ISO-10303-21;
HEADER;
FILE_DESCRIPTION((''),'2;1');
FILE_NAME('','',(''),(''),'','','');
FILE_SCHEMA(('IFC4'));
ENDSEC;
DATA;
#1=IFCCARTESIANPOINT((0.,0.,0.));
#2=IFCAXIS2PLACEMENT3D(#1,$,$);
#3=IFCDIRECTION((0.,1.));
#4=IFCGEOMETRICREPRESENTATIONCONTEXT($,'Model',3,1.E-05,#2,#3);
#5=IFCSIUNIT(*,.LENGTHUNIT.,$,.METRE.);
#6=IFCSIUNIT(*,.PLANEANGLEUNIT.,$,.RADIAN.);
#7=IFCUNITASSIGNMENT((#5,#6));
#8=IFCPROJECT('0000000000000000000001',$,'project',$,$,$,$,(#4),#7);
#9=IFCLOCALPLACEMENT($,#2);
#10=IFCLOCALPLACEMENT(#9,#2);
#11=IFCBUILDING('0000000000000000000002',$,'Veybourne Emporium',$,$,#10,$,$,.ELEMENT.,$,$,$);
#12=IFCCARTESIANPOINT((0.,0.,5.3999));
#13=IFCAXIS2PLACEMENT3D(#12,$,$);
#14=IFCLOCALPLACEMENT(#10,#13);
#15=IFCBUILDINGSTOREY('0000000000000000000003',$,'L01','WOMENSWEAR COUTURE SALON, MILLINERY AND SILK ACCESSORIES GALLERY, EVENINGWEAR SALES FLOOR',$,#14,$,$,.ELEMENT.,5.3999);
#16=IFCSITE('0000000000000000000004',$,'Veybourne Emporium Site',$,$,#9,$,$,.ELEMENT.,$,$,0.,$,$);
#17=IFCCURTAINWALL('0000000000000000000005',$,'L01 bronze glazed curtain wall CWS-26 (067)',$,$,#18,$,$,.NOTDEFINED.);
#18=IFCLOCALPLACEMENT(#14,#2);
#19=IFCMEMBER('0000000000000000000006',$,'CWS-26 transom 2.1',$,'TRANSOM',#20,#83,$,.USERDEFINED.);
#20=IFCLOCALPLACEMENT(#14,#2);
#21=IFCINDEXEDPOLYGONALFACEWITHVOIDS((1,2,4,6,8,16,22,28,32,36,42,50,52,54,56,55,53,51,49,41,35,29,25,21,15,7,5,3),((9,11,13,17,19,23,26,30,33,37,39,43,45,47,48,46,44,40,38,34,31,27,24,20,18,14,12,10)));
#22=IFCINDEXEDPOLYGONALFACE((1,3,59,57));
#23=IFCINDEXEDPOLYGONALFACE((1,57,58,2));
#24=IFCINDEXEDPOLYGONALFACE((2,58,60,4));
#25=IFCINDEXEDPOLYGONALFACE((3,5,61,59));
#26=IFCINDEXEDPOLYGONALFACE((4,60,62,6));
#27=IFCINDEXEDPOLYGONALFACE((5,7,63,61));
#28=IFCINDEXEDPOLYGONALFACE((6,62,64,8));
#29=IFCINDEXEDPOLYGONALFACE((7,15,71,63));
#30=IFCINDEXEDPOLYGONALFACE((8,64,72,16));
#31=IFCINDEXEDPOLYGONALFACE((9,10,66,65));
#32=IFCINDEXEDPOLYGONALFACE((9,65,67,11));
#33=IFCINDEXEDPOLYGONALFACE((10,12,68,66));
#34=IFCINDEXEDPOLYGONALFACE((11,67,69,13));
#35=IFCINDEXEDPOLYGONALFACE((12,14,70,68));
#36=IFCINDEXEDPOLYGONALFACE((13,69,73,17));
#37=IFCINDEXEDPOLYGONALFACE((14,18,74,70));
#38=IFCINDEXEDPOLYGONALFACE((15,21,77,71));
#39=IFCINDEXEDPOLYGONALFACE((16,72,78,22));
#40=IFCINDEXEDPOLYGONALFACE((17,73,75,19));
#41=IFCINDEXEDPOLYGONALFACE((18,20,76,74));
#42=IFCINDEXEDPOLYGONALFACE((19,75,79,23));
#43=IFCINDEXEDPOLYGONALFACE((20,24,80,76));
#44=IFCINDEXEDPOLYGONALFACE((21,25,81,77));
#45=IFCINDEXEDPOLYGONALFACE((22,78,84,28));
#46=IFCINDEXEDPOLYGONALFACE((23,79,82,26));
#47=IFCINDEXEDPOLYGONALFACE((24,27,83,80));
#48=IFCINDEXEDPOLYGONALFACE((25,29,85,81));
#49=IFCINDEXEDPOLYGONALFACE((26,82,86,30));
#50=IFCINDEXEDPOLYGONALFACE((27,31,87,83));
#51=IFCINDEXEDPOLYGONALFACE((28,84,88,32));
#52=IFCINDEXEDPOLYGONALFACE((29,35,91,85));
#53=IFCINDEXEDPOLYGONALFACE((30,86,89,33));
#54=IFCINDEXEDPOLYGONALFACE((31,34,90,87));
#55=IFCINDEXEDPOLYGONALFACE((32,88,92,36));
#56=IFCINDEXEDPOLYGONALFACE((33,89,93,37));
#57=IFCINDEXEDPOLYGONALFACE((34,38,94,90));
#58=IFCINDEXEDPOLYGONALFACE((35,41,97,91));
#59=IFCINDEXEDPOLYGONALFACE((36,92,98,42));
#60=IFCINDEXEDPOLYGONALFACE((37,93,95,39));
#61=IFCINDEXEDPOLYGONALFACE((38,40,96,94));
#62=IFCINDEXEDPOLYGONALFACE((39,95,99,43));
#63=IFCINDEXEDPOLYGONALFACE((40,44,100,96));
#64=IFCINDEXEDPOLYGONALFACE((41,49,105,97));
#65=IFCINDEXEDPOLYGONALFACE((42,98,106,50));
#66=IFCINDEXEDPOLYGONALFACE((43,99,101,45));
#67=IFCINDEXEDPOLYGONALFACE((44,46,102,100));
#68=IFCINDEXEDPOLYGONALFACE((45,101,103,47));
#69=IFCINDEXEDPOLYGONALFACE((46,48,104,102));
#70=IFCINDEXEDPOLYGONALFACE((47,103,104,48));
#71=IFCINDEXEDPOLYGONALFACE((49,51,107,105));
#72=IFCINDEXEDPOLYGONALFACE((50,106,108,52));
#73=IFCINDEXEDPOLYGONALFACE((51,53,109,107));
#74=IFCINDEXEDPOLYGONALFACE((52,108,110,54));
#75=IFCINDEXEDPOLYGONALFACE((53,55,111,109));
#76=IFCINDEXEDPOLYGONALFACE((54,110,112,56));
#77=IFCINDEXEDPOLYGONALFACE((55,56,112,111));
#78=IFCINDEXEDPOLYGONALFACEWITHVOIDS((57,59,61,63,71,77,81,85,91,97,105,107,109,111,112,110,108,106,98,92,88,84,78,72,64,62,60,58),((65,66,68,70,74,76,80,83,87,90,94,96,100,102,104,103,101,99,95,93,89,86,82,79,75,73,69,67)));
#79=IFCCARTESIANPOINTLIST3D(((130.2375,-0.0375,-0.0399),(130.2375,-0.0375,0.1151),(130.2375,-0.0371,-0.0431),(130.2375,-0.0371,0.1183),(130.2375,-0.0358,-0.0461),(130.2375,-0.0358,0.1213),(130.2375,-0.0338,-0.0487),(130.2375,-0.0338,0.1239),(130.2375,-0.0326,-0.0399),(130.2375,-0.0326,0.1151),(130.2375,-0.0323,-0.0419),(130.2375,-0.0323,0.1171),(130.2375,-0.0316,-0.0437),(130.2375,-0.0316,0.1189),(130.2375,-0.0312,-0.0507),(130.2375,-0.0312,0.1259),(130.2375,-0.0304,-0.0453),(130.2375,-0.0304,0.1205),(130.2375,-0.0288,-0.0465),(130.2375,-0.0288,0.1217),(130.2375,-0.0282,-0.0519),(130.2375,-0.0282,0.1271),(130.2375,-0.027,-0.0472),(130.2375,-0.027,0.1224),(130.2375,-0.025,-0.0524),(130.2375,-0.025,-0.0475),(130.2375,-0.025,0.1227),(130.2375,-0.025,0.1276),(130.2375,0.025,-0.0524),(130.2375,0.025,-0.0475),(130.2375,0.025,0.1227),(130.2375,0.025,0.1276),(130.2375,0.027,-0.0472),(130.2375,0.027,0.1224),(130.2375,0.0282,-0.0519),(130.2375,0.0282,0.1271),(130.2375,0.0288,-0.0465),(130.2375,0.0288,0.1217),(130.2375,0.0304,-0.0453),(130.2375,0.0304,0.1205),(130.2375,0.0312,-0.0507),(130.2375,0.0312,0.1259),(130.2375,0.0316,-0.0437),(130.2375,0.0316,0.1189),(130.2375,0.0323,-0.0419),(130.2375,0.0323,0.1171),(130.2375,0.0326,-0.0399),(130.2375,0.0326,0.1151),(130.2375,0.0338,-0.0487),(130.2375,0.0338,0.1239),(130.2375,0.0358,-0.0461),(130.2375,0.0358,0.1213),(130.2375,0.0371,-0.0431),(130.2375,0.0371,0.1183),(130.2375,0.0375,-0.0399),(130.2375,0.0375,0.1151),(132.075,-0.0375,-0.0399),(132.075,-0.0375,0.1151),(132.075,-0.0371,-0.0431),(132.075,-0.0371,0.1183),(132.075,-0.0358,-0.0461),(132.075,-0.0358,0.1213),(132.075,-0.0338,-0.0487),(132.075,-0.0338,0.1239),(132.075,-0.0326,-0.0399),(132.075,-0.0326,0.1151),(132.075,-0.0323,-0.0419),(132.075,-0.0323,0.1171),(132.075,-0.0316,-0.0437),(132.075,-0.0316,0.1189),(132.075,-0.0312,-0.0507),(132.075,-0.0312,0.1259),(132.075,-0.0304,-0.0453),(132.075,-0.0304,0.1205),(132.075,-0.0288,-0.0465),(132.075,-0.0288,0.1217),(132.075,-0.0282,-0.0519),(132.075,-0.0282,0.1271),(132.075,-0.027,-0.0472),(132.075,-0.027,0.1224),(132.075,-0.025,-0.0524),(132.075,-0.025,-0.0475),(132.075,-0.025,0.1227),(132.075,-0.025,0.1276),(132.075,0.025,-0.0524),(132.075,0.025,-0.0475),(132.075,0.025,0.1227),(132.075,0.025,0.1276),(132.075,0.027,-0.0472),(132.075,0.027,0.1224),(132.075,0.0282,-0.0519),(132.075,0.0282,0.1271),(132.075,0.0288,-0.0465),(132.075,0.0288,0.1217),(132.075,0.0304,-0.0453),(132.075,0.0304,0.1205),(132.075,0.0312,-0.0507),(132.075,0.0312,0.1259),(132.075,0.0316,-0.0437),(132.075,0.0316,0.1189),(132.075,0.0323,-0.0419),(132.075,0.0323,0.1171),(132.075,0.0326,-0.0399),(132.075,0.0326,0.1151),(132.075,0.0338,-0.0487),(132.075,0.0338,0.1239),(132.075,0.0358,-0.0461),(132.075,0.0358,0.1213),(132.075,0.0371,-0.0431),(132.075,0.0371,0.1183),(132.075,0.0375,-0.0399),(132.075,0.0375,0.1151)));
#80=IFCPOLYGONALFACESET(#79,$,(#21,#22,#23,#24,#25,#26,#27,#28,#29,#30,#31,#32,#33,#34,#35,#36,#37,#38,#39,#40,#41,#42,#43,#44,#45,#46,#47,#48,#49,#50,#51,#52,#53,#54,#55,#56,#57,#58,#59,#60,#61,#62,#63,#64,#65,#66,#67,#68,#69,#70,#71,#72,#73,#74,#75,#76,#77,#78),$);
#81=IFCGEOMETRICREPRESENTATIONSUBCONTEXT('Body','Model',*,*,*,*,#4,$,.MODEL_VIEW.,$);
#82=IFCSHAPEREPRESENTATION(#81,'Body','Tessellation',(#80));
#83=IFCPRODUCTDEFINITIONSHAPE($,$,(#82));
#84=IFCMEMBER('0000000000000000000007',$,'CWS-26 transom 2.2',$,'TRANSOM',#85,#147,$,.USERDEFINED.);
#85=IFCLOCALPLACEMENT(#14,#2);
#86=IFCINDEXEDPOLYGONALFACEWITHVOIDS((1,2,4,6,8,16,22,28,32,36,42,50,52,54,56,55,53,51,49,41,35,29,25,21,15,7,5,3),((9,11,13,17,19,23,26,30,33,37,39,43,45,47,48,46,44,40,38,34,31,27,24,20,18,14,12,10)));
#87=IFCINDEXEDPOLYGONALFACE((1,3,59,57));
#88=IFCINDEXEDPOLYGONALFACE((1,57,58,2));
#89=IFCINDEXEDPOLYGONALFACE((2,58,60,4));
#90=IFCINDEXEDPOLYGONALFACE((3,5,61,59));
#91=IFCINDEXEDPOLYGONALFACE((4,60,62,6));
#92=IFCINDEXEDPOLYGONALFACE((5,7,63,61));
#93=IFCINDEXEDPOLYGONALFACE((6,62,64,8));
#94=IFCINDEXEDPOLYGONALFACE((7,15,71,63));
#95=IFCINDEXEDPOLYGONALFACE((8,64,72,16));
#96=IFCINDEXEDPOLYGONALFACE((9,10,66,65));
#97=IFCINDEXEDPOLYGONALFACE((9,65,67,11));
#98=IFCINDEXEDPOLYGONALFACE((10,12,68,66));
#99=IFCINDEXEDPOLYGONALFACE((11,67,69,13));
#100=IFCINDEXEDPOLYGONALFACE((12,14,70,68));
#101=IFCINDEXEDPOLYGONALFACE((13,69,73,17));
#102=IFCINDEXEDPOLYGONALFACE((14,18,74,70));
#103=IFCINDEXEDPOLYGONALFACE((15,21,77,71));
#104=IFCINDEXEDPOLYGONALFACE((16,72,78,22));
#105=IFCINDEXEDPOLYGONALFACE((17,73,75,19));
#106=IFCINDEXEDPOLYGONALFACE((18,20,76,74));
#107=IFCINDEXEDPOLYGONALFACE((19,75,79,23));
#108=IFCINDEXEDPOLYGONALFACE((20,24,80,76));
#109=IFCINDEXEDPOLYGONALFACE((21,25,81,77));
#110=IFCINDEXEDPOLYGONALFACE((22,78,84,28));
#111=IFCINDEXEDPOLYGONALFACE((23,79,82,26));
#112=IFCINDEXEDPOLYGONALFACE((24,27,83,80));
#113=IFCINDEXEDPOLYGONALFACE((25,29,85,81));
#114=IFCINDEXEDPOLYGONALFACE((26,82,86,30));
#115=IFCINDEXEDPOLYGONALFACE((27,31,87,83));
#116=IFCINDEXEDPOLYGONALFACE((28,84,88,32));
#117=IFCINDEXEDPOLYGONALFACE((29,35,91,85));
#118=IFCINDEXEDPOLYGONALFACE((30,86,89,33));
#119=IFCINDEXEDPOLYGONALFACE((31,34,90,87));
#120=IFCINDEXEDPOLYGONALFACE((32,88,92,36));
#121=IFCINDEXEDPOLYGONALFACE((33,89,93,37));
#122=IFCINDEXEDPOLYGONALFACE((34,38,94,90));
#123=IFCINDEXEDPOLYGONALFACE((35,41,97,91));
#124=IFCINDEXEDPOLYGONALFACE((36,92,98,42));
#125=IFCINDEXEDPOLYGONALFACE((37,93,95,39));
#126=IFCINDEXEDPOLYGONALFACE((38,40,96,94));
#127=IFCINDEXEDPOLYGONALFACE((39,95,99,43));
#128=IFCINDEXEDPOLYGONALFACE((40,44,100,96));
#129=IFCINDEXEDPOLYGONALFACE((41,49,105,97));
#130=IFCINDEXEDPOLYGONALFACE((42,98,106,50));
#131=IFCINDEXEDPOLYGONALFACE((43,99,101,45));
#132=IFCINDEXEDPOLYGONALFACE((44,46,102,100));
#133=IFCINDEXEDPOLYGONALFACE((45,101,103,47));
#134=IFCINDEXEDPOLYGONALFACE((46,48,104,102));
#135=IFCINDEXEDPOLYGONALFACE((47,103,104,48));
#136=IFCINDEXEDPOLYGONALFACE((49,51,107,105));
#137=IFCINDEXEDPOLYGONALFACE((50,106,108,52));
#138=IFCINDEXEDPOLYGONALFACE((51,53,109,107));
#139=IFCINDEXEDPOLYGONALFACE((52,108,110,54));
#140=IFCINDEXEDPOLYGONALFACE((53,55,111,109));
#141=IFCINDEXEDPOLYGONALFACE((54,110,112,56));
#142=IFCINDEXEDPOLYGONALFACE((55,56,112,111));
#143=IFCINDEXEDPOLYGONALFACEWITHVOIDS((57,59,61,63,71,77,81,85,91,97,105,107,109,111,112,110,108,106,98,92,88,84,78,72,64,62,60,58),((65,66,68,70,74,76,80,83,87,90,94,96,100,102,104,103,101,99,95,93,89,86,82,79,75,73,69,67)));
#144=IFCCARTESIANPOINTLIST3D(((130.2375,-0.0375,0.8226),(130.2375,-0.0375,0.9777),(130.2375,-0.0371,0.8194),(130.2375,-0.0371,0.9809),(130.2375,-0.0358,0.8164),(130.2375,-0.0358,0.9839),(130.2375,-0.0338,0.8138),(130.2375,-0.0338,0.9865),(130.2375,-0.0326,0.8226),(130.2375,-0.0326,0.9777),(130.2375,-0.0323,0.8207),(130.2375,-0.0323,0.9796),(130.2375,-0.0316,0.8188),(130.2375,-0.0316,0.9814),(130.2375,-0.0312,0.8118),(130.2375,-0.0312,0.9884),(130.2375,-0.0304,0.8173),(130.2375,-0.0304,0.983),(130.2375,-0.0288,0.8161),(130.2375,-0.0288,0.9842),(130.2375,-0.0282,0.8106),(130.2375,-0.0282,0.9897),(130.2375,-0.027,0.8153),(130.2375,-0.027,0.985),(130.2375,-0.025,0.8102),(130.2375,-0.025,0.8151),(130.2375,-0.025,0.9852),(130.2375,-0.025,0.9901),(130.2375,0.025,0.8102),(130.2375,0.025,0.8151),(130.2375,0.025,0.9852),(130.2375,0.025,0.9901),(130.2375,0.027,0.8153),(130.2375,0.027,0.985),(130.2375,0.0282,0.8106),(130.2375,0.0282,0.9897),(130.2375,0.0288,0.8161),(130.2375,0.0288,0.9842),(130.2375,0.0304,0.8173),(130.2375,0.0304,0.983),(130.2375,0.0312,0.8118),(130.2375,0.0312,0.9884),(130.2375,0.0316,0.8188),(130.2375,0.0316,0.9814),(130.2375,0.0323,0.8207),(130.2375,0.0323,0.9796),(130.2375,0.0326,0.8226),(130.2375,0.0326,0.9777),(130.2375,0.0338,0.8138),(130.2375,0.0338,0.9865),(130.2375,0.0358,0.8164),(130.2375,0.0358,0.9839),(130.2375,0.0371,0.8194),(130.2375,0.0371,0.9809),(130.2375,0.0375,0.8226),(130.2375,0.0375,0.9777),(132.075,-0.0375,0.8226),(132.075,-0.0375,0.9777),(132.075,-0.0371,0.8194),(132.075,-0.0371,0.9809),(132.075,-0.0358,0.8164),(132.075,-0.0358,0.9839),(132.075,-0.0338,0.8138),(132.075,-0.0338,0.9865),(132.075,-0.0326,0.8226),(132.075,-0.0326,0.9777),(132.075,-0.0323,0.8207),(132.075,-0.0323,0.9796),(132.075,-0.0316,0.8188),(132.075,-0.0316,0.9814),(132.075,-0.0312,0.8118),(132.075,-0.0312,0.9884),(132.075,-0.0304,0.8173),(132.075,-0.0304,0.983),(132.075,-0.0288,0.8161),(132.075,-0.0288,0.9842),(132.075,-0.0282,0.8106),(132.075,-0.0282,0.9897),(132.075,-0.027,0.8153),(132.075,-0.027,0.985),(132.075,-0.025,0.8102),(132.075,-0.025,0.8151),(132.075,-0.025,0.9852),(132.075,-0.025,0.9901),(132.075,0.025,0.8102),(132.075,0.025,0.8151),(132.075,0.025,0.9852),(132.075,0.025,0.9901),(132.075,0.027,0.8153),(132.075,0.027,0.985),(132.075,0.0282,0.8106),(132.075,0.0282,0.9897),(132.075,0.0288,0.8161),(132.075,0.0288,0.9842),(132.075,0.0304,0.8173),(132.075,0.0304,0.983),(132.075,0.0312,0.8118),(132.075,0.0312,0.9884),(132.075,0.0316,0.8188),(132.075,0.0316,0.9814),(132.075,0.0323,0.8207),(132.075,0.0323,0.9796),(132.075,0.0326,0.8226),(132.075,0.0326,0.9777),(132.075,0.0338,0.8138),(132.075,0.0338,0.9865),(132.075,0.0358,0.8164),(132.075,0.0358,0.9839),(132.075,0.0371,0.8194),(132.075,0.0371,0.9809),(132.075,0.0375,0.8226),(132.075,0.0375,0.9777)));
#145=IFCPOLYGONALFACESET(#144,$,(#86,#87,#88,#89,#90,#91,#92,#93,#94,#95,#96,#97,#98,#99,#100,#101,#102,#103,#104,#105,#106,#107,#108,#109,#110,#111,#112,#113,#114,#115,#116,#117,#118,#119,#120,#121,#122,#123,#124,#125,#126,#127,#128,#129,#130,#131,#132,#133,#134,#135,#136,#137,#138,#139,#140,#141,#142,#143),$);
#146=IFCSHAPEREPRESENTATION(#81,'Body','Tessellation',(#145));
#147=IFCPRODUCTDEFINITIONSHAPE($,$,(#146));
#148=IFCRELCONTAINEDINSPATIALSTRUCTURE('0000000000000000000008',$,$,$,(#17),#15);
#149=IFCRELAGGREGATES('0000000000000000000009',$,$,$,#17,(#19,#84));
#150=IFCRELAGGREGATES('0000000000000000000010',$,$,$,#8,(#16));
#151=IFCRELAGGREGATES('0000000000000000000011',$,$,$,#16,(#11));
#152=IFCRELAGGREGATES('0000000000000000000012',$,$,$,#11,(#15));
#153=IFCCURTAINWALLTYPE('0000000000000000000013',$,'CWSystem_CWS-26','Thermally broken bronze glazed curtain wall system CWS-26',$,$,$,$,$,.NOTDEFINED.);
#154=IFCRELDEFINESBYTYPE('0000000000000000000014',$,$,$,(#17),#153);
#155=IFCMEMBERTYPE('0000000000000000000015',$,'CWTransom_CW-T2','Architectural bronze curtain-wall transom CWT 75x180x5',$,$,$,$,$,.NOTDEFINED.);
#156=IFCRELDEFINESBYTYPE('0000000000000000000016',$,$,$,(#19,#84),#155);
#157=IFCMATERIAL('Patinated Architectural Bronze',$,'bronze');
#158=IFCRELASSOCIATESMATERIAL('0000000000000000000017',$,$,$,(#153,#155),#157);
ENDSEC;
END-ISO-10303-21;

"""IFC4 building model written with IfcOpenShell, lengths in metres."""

from ifc_helpers import new_model, si_unit, direction, frame, origin, origin_2d, place, context, subcontext, project, spatial, hollow_rectangle, extrude, material, material_profile, profile_set, type_object, element, aggregate, save


model = new_model("IFC4")

# Units and contexts
model_context = context("Model", 3, precision=1e-05, world=origin(), true_north=direction((0.0, 1.0)))
body_context = subcontext(model_context, "Body", "Model", "MODEL_VIEW")
ifc_project = project(units=[si_unit("LENGTHUNIT", "METRE"), si_unit("PLANEANGLEUNIT", "RADIAN")], contexts=[model_context])

# Site, building, storey
site_placement = place(None, origin())
site = spatial("IfcSite", under=ifc_project, at=site_placement, Name="Veybourne Emporium Site", CompositionType="ELEMENT", RefElevation=0.0)
building_placement = place(site_placement, origin())
building = spatial("IfcBuilding", under=site, at=building_placement, Name="Veybourne Emporium", CompositionType="ELEMENT")
storey_placement = place(building_placement, frame((0.0, 0.0, 5.3999)))
storey = spatial("IfcBuildingStorey", under=building, at=storey_placement, Name="L01", Description="WOMENSWEAR COUTURE SALON, MILLINERY AND SILK ACCESSORIES GALLERY, EVENINGWEAR SALES FLOOR", CompositionType="ELEMENT", Elevation=5.3999)

# Curtain wall, members
ifc_material_1 = material(Name="Patinated Architectural Bronze", Category="bronze")
curtain_wall_type = type_object("IfcCurtainWallType", Name="CWSystem_CWS-26", Description="Thermally broken bronze glazed curtain wall system CWS-26", PredefinedType="NOTDEFINED", material=ifc_material_1)
curtain_wall_placement = place(storey_placement, origin())
curtain_wall = element("IfcCurtainWall", 1, at=curtain_wall_placement, inside=storey, type_object=curtain_wall_type, Name="L01 bronze glazed curtain wall CWS-26 (067)", PredefinedType="NOTDEFINED")
ifc_material_profile_1 = material_profile(ifc_material_1, hollow_rectangle(XDim=0.075, YDim=0.1799, WallThickness=0.0049, InnerFilletRadius=0.0076, OuterFilletRadius=0.0125, at=origin_2d()), Name="CWT 75x180x5")
ifc_profile_set_1 = profile_set([ifc_material_profile_1], Name="Patinated Architectural Bronze")
member_type_1 = type_object("IfcMemberType", Name="CWTransom_CW-T2", Description="Architectural bronze curtain-wall transom CWT 75x180x5", PredefinedType="NOTDEFINED", material=ifc_profile_set_1)
member_1_placement = place(storey_placement, frame((132.075, 0.0, 0.0376), z_axis=(-1.0, 0.0, 0.0), x_axis=(0.0, -1.0, 0.0)))
member_1 = element("IfcMember", 2, at=member_1_placement, type_object=member_type_1, Name="CWS-26 transom 2.1", ObjectType="TRANSOM", PredefinedType="USERDEFINED", context=body_context, shape_type="SweptSolid", body=[
    extrude(hollow_rectangle(XDim=0.075, YDim=0.1799, WallThickness=0.0049, InnerFilletRadius=0.0076, OuterFilletRadius=0.0125, at=origin_2d()), origin(), (0.0, 0.0, 1.0), 1.8374),
])
member_2_placement = place(storey_placement, frame((132.075, 0.0, 0.9001), z_axis=(-1.0, 0.0, 0.0), x_axis=(0.0, -1.0, 0.0)))
member_2 = element("IfcMember", 3, at=member_2_placement, type_object=member_type_1, Name="CWS-26 transom 2.2", ObjectType="TRANSOM", PredefinedType="USERDEFINED", context=body_context, shape_type="SweptSolid", body=[
    extrude(hollow_rectangle(XDim=0.075, YDim=0.1799, WallThickness=0.0049, InnerFilletRadius=0.0076, OuterFilletRadius=0.0125, at=origin_2d()), origin(), (0.0, 0.0, 1.0), 1.8374),
])

aggregate(curtain_wall, [member_1, member_2])

save(model, "model.ifc")
